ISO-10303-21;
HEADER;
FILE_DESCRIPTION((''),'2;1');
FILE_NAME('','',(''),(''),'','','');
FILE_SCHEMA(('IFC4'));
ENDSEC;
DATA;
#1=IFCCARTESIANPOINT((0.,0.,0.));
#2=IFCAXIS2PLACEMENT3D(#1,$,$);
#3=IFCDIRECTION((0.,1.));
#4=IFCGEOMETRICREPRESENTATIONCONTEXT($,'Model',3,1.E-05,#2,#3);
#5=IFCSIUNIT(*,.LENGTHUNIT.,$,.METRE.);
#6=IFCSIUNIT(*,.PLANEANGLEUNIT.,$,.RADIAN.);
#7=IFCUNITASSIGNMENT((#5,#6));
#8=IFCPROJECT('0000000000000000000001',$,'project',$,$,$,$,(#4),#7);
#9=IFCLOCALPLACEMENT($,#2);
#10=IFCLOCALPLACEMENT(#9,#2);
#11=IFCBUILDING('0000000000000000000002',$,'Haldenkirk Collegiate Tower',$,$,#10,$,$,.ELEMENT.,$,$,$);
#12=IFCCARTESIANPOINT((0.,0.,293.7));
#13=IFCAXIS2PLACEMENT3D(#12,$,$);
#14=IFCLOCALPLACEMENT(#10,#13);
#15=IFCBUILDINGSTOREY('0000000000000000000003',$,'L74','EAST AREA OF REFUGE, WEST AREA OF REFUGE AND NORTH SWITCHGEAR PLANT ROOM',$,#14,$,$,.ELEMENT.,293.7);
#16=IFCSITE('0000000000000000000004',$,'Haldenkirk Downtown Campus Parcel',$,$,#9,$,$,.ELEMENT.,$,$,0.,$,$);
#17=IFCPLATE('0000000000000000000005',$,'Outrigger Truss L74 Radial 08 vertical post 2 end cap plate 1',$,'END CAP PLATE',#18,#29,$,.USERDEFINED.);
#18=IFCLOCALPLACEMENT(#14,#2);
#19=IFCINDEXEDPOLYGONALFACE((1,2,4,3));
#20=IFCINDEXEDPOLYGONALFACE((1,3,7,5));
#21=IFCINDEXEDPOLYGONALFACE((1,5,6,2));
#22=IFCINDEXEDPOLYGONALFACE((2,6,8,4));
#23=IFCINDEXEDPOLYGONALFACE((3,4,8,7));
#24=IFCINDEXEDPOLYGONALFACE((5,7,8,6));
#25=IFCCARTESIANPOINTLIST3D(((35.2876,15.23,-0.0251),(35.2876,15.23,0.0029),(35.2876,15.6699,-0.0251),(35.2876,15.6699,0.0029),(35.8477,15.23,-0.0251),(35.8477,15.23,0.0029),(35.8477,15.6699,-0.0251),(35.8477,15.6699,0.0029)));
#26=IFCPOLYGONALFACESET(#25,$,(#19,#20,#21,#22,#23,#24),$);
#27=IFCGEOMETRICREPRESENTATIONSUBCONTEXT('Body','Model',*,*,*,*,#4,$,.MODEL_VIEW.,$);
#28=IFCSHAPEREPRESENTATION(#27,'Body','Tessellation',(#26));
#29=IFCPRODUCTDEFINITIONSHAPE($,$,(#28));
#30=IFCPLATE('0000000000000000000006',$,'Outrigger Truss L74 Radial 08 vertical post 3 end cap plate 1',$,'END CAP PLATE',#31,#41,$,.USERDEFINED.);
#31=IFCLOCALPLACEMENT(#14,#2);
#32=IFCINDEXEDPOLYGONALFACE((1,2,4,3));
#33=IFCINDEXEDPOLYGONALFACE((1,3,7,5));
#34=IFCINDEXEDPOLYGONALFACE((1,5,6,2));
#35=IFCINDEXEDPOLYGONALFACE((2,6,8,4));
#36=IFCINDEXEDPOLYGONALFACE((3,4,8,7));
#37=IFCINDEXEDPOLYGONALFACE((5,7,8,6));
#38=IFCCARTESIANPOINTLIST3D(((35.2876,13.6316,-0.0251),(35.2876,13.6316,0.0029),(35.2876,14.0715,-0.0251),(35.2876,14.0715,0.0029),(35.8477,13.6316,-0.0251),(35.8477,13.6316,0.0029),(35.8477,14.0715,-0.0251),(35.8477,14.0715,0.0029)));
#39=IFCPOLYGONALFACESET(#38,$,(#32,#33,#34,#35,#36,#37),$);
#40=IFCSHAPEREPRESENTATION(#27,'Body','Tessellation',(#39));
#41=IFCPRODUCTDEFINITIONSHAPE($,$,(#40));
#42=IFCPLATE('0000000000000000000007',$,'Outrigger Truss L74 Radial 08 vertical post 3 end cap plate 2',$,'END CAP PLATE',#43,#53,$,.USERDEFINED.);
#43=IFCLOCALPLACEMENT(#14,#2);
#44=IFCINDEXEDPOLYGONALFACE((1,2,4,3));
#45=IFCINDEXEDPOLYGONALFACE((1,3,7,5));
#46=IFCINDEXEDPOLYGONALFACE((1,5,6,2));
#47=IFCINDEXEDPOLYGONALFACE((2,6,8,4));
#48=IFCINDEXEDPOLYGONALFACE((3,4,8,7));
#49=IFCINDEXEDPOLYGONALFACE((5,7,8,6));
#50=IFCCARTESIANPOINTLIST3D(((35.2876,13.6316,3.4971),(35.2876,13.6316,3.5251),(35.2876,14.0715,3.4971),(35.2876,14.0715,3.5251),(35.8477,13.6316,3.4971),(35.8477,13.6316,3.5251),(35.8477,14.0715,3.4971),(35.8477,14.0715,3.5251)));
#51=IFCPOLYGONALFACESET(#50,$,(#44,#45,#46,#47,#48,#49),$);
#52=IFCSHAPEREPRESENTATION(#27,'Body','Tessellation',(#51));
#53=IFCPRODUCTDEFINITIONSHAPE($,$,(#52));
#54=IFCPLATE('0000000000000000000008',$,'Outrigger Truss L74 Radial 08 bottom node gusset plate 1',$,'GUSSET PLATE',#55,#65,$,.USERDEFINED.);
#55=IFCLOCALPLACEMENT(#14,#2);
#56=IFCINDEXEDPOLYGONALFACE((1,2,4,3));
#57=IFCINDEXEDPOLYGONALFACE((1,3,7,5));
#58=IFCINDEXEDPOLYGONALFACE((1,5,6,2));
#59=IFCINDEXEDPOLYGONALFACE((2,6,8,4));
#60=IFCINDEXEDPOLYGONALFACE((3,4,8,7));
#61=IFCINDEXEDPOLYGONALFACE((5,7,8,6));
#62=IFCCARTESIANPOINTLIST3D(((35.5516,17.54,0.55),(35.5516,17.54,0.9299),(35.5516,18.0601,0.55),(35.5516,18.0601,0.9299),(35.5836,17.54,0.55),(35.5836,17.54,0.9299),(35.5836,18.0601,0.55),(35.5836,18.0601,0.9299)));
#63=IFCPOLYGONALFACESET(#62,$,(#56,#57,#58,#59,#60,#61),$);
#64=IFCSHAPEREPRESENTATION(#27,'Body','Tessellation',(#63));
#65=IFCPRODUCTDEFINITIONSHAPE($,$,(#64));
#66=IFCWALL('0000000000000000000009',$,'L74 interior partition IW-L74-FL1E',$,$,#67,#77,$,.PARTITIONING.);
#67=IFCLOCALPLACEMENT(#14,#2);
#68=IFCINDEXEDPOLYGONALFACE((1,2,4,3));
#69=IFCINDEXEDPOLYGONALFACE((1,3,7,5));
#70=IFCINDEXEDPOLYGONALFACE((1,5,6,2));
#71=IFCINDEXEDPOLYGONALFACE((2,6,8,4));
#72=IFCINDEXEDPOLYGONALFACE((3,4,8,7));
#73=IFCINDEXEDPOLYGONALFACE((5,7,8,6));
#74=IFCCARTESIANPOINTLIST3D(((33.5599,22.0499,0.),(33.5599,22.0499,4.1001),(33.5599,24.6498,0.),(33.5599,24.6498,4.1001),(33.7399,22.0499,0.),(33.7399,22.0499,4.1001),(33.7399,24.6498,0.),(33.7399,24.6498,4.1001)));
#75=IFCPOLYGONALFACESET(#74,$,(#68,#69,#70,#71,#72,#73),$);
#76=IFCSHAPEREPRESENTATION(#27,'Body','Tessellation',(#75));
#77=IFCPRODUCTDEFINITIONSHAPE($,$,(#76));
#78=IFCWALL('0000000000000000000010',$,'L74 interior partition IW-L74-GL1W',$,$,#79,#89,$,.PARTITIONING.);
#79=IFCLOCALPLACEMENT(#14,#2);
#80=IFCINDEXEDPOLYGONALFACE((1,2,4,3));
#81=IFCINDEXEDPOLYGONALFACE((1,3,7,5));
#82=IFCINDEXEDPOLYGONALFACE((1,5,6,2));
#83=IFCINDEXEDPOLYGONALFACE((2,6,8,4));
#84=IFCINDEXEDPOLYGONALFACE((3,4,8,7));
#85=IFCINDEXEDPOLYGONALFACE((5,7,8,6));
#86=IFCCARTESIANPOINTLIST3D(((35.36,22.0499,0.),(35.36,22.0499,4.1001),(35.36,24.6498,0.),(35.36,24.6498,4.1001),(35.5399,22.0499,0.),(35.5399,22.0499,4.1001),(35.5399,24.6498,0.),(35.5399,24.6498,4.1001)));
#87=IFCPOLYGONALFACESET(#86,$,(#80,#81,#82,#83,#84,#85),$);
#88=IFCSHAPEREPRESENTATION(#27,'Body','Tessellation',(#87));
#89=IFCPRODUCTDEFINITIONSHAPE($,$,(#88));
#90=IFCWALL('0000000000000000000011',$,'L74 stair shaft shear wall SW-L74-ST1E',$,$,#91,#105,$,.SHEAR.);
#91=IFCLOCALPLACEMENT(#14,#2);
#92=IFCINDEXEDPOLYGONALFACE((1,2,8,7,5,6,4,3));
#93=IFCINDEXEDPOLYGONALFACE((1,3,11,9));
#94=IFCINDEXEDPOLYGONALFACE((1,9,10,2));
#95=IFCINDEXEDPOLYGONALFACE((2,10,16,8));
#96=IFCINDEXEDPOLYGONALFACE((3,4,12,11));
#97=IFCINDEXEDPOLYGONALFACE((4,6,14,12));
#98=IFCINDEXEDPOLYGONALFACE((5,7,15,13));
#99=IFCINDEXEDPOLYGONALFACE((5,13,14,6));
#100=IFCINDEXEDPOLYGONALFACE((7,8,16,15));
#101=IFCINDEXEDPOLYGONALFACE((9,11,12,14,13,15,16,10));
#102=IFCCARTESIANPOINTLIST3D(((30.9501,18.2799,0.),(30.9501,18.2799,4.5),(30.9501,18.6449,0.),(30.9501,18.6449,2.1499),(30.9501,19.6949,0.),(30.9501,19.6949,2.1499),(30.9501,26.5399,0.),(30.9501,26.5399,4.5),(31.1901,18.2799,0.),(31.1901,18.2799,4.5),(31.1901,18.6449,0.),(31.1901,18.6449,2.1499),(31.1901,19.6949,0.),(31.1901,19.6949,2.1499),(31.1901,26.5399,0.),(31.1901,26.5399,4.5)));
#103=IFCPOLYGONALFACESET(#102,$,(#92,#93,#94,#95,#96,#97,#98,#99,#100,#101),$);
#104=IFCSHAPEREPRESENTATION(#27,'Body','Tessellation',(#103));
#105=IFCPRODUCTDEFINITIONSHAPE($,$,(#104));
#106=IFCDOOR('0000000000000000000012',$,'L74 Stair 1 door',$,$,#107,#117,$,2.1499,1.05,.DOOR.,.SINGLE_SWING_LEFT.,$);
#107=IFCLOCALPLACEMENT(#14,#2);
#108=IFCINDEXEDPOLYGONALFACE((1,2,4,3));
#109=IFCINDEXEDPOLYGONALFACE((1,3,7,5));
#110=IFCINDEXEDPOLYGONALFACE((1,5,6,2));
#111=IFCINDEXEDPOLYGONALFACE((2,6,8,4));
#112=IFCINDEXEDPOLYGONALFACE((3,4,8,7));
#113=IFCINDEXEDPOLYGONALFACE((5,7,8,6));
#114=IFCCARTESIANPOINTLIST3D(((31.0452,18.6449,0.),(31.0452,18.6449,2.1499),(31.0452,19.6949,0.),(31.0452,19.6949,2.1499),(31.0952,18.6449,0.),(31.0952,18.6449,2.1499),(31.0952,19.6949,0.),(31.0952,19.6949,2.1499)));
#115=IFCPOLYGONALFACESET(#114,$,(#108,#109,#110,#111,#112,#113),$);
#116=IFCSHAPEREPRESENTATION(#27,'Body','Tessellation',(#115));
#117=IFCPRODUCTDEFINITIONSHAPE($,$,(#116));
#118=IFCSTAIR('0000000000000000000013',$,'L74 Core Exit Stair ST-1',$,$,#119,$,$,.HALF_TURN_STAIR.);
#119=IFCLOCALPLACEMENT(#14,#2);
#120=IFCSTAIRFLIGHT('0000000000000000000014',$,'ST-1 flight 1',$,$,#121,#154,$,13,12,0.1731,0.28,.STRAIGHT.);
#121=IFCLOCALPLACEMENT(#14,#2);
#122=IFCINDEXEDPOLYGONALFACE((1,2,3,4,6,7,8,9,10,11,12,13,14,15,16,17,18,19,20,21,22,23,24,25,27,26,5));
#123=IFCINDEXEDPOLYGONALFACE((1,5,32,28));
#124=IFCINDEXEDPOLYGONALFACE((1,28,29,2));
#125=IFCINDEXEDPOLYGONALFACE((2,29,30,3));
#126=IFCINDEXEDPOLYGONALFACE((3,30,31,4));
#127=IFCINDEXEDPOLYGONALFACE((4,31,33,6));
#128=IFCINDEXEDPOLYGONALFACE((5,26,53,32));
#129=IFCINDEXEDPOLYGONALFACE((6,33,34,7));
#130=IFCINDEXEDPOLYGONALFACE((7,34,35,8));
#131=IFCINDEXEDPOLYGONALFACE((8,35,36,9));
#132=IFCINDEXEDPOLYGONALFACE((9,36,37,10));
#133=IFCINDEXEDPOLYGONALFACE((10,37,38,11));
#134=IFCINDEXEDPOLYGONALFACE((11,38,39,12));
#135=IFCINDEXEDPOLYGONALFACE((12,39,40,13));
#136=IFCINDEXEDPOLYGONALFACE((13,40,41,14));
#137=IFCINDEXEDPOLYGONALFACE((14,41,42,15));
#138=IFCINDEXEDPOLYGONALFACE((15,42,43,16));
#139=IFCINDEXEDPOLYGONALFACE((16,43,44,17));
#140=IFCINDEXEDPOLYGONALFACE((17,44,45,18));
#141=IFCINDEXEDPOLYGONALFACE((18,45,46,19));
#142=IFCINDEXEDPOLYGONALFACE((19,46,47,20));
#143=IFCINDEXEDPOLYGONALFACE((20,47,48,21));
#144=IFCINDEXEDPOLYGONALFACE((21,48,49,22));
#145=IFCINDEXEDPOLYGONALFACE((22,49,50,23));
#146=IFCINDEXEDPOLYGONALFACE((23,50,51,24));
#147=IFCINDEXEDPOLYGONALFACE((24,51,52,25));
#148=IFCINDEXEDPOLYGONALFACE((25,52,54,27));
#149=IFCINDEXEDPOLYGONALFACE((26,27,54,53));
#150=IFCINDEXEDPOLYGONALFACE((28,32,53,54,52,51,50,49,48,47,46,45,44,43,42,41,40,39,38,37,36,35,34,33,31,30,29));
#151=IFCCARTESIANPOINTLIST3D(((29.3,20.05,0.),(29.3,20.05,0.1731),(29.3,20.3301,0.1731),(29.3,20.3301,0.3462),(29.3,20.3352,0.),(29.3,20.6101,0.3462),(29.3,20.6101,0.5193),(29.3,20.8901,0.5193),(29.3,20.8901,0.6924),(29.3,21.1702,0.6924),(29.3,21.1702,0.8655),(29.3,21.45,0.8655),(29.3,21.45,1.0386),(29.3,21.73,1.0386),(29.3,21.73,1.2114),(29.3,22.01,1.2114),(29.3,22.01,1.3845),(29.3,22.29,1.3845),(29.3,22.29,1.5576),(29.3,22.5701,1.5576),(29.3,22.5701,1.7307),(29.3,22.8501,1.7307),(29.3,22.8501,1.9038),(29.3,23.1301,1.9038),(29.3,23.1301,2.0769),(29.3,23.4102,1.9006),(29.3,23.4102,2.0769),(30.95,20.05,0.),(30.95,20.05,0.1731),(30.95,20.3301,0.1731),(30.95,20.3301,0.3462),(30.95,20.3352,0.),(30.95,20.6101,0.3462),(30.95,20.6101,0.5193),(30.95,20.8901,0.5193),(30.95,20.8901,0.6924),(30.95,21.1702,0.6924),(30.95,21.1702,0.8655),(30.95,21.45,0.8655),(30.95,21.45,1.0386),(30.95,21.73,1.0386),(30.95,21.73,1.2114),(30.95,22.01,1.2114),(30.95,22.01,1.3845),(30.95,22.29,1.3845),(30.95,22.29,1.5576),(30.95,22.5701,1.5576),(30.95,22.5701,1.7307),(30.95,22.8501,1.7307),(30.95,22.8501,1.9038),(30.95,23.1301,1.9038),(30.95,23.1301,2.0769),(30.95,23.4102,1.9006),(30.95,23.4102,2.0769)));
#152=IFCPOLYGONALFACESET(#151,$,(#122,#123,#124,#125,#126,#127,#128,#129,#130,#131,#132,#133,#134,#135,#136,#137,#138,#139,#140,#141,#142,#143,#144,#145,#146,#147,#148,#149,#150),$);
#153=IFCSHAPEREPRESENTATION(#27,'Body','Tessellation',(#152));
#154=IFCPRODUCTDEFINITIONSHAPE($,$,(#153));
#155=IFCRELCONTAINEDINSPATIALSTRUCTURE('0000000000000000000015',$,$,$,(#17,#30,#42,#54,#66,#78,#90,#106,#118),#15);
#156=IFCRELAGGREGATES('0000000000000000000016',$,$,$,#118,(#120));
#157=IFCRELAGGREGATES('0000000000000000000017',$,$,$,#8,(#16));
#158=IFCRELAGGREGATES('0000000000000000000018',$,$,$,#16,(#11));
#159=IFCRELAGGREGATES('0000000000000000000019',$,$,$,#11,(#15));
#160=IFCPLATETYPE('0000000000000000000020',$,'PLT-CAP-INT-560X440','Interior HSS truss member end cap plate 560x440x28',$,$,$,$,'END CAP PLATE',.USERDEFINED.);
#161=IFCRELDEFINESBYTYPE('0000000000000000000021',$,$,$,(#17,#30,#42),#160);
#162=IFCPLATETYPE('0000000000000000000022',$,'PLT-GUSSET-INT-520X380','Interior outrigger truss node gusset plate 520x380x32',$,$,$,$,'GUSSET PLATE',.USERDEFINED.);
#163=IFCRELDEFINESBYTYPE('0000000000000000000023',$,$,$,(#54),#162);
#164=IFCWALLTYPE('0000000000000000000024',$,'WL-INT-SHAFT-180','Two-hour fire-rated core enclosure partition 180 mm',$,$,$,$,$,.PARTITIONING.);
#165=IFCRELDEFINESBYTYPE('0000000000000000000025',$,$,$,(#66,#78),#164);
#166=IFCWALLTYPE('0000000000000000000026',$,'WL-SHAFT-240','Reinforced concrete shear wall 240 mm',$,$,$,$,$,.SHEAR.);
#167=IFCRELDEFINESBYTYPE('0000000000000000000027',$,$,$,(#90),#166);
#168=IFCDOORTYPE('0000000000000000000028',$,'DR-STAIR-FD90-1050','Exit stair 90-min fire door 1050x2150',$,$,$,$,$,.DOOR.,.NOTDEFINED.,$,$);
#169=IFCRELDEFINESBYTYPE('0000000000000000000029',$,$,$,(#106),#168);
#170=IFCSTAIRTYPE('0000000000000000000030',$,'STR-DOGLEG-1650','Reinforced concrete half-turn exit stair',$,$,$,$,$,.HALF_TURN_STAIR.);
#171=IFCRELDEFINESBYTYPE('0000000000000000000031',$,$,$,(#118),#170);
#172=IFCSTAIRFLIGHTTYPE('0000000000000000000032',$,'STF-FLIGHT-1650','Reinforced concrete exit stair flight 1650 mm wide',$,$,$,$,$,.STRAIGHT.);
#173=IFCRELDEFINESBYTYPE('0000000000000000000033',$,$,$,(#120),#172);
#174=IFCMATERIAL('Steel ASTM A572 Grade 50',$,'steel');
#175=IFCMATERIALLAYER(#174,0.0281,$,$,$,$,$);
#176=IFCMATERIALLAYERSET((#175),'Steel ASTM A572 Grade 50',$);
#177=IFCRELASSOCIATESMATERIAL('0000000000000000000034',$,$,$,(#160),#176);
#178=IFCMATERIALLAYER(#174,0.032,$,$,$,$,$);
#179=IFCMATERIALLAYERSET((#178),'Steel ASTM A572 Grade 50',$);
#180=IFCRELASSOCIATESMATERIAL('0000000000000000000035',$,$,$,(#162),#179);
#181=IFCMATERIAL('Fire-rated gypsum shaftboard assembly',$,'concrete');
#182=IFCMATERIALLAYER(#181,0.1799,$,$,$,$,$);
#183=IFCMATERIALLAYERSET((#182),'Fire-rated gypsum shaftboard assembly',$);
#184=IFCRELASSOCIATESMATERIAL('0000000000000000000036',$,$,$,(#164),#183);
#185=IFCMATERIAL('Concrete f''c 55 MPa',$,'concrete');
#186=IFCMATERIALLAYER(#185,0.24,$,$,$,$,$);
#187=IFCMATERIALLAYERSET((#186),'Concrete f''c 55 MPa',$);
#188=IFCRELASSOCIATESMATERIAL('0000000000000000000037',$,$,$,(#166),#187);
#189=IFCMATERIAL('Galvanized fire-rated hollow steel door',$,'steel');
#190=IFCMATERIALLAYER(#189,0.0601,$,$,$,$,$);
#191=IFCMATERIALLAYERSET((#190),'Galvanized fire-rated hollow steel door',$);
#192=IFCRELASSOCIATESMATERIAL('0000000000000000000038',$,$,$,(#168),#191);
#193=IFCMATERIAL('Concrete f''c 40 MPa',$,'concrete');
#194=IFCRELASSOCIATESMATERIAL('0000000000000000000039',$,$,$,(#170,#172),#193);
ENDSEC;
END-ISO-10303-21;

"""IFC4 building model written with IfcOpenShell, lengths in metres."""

from ifc_helpers import new_model, si_unit, direction, frame, frame_2d, origin, origin_2d, place, context, subcontext, project, spatial, polyline, rectangle, outline, extrude, source, transform, mapped, material, layer, layer_set, type_object, element, fill, aggregate, save


model = new_model("IFC4")

# Units and contexts
model_context = context("Model", 3, precision=1e-05, world=origin(), true_north=direction((0.0, 1.0)))
body_context = subcontext(model_context, "Body", "Model", "MODEL_VIEW")
ifc_project = project(units=[si_unit("LENGTHUNIT", "METRE"), si_unit("PLANEANGLEUNIT", "RADIAN")], contexts=[model_context])

# Site, building, storey
site_placement = place(None, origin())
site = spatial("IfcSite", under=ifc_project, at=site_placement, Name="Haldenkirk Downtown Campus Parcel", CompositionType="ELEMENT", RefElevation=0.0)
building_placement = place(site_placement, origin())
building = spatial("IfcBuilding", under=site, at=building_placement, Name="Haldenkirk Collegiate Tower", CompositionType="ELEMENT")
storey_placement = place(building_placement, frame((0.0, 0.0, 293.7)))
storey = spatial("IfcBuildingStorey", under=building, at=storey_placement, Name="L74", Description="EAST AREA OF REFUGE, WEST AREA OF REFUGE AND NORTH SWITCHGEAR PLANT ROOM", CompositionType="ELEMENT", Elevation=293.7)

# Shared definitions
ifc_material_1 = material(Name="Steel ASTM A572 Grade 50", Category="steel")

# Plates
ifc_layer_1 = layer(ifc_material_1, 0.0281)
ifc_layer_set_1 = layer_set([ifc_layer_1], Name="Steel ASTM A572 Grade 50")
plate_type_1 = type_object("IfcPlateType", Name="PLT-CAP-INT-560X440", Description="Interior HSS truss member end cap plate 560x440x28", ElementType="END CAP PLATE", PredefinedType="USERDEFINED", material=ifc_layer_set_1)
shared_shape_1 = source(origin(), body_context, "Body", "SweptSolid", [
    extrude(rectangle(XDim=0.5601, YDim=0.4399, at=origin_2d()), origin(), (0.0, 0.0, 1.0), 0.0281),
])
for number, where, z_axis, x_axis, name in (
    (1, (35.5676, 15.45, 0.0029), (0.0, 0.0, -1.0), (1.0, 0.0, 0.0), "Outrigger Truss L74 Radial 08 vertical post 2 end cap plate 1"),
    (2, (35.5676, 13.8516, 0.0029), (0.0, 0.0, -1.0), (1.0, 0.0, 0.0), "Outrigger Truss L74 Radial 08 vertical post 3 end cap plate 1"),
    (3, (35.5676, 13.8516, 3.4971), (0.0, 0.0, 1.0), (1.0, 0.0, 0.0), "Outrigger Truss L74 Radial 08 vertical post 3 end cap plate 2"),
):
    element("IfcPlate", number, at=place(storey_placement, frame(where, z_axis=z_axis, x_axis=x_axis)), inside=storey, type_object=plate_type_1, Name=name, ObjectType="END CAP PLATE", PredefinedType="USERDEFINED", context=body_context, shape_type="MappedRepresentation", body=[
        mapped(shared_shape_1, transform((0.0, 0.0, 0.0), x_axis=(1.0, 0.0, 0.0), y_axis=(0.0, 1.0, 0.0), z_axis=(0.0, 0.0, 1.0), scale=1.0)),
    ])
ifc_layer_2 = layer(ifc_material_1, 0.032)
ifc_layer_set_2 = layer_set([ifc_layer_2], Name="Steel ASTM A572 Grade 50")
plate_type_2 = type_object("IfcPlateType", Name="PLT-GUSSET-INT-520X380", Description="Interior outrigger truss node gusset plate 520x380x32", ElementType="GUSSET PLATE", PredefinedType="USERDEFINED", material=ifc_layer_set_2)
shared_shape_2 = source(origin(), body_context, "Body", "SweptSolid", [
    extrude(rectangle(XDim=0.52, YDim=0.032, at=origin_2d()), origin(), (0.0, 0.0, 1.0), 0.3799),
])
plate_placement = place(storey_placement, frame((35.5676, 17.8, 0.55), z_axis=(0.0, 0.0, 1.0), x_axis=(0.0, -1.0, 0.0)))
element("IfcPlate", 4, at=plate_placement, inside=storey, type_object=plate_type_2, Name="Outrigger Truss L74 Radial 08 bottom node gusset plate 1", ObjectType="GUSSET PLATE", PredefinedType="USERDEFINED", context=body_context, shape_type="MappedRepresentation", body=[
    mapped(shared_shape_2, transform((0.0, 0.0, 0.0), x_axis=(1.0, 0.0, 0.0), y_axis=(0.0, 1.0, 0.0), z_axis=(0.0, 0.0, 1.0), scale=1.0)),
])

# Walls
ifc_material_2 = material(Name="Fire-rated gypsum shaftboard assembly", Category="concrete")
ifc_layer_3 = layer(ifc_material_2, 0.1799)
ifc_layer_set_3 = layer_set([ifc_layer_3], Name="Fire-rated gypsum shaftboard assembly")
wall_type_1 = type_object("IfcWallType", Name="WL-INT-SHAFT-180", Description="Two-hour fire-rated core enclosure partition 180 mm", PredefinedType="PARTITIONING", material=ifc_layer_set_3)
for number, where, z_axis, x_axis, name in (
    (5, (33.6499, 22.05, 0.0), (0.0, 0.0, 1.0), (0.0, 1.0, 0.0), "L74 interior partition IW-L74-FL1E"),
    (6, (35.45, 22.05, 0.0), (0.0, 0.0, 1.0), (0.0, 1.0, 0.0), "L74 interior partition IW-L74-GL1W"),
):
    element("IfcWall", number, at=place(storey_placement, frame(where, z_axis=z_axis, x_axis=x_axis)), inside=storey, type_object=wall_type_1, Name=name, PredefinedType="PARTITIONING", context=body_context, shape_type="SweptSolid", body=[
        extrude(rectangle(XDim=2.5999, YDim=0.1799, at=frame_2d((1.2998, 0.0))), origin(), (0.0, 0.0, 1.0), 4.1001),
    ])

# Shared definitions
ifc_material_3 = material(Name="Galvanized fire-rated hollow steel door", Category="steel")

# Wall, opening, door
ifc_material_4 = material(Name="Concrete f'c 55 MPa", Category="concrete")
ifc_layer_4 = layer(ifc_material_4, 0.24)
ifc_layer_set_4 = layer_set([ifc_layer_4], Name="Concrete f'c 55 MPa")
wall_type_2 = type_object("IfcWallType", Name="WL-SHAFT-240", Description="Reinforced concrete shear wall 240 mm", PredefinedType="SHEAR", material=ifc_layer_set_4)
wall_1_placement = place(storey_placement, frame((31.0701, 18.28, 0.0), z_axis=(0.0, 0.0, 1.0), x_axis=(0.0, 1.0, 0.0)))
wall_1 = element("IfcWall", 7, at=wall_1_placement, inside=storey, type_object=wall_type_2, Name="L74 stair shaft shear wall SW-L74-ST1E", PredefinedType="SHEAR", context=body_context, shape_type="SweptSolid", body=[
    extrude(rectangle(XDim=8.26, YDim=0.24, at=frame_2d((4.1299, 0.0))), origin(), (0.0, 0.0, 1.0), 4.5),
])
opening_1_placement = place(wall_1_placement, frame((0.365, 0.0, 0.0)))
opening_1 = element("IfcOpeningElement", 8, at=opening_1_placement, cuts=wall_1, PredefinedType="OPENING", context=body_context, shape_type="SweptSolid", body=[
    extrude(rectangle(XDim=1.05, YDim=2.1499, at=frame_2d((0.5249, 1.075))), frame((0.0, 0.1299, 0.0), z_axis=(0.0, -1.0, 0.0), x_axis=(1.0, 0.0, 0.0)), (0.0, 0.0, 1.0), 0.26),
])
ifc_layer_5 = layer(ifc_material_3, 0.0601)
ifc_layer_set_5 = layer_set([ifc_layer_5], Name="Galvanized fire-rated hollow steel door")
door_type_1 = type_object("IfcDoorType", Name="DR-STAIR-FD90-1050", Description="Exit stair 90-min fire door 1050x2150", OperationType="NOTDEFINED", PredefinedType="DOOR", material=ifc_layer_set_5)
door_1_placement = place(opening_1_placement, origin())
door_1 = element("IfcDoor", 9, at=door_1_placement, inside=storey, type_object=door_type_1, Name="L74 Stair 1 door", OperationType="SINGLE_SWING_LEFT", OverallHeight=2.1499, OverallWidth=1.05, PredefinedType="DOOR", context=body_context, shape_type="SweptSolid", body=[
    extrude(rectangle(XDim=1.05, YDim=2.1499, at=frame_2d((0.5249, 1.075))), frame((0.0, 0.0249, 0.0), z_axis=(0.0, -1.0, 0.0), x_axis=(1.0, 0.0, 0.0)), (0.0, 0.0, 1.0), 0.05),
])
fill(opening_1, door_1)

# Stair, stair flight
ifc_material_5 = material(Name="Concrete f'c 40 MPa", Category="concrete")
stair_type = type_object("IfcStairType", Name="STR-DOGLEG-1650", Description="Reinforced concrete half-turn exit stair", PredefinedType="HALF_TURN_STAIR", material=ifc_material_5)
stair_placement = place(storey_placement, origin())
stair = element("IfcStair", 10, at=stair_placement, inside=storey, type_object=stair_type, Name="L74 Core Exit Stair ST-1", PredefinedType="HALF_TURN_STAIR")
stair_flight_type = type_object("IfcStairFlightType", Name="STF-FLIGHT-1650", Description="Reinforced concrete exit stair flight 1650 mm wide", PredefinedType="STRAIGHT", material=ifc_material_5)
stair_flight_placement = place(storey_placement, frame((30.125, 20.05, 0.0), z_axis=(0.0, 0.0, 1.0), x_axis=(0.0, 1.0, 0.0)))
stair_flight = element("IfcStairFlight", 11, at=stair_flight_placement, type_object=stair_flight_type, Name="ST-1 flight 1", NumberOfRisers=13, NumberOfTreads=12, PredefinedType="STRAIGHT", RiserHeight=0.1731, TreadLength=0.28, context=body_context, shape_type="SweptSolid", body=[
    extrude(outline(polyline([(0.0, 0.0), (0.0, 0.1731), (0.28, 0.1731), (0.28, 0.3462), (0.5601, 0.3462), (0.5601, 0.5193), (0.8401, 0.5193), (0.8401, 0.6924), (1.1201, 0.6924), (1.1201, 0.8655), (1.3999, 0.8655), (1.3999, 1.0386), (1.6799, 1.0386), (1.6799, 1.2114), (1.96, 1.2114), (1.96, 1.3845), (2.24, 1.3845), (2.24, 1.5576), (2.52, 1.5576), (2.52, 1.7307), (2.8, 1.7307), (2.8, 1.9038), (3.0801, 1.9038), (3.0801, 2.0769), (3.3601, 2.0769), (3.3601, 2.25), (3.3601, 1.9006), (0.2852, 0.0), (0.0, 0.0)])), frame((0.0, 0.825, 0.0), z_axis=(0.0, -1.0, 0.0), x_axis=(1.0, 0.0, 0.0)), (0.0, 0.0, 1.0), 1.6499),
])
aggregate(stair, [stair_flight])

save(model, "model.ifc")
